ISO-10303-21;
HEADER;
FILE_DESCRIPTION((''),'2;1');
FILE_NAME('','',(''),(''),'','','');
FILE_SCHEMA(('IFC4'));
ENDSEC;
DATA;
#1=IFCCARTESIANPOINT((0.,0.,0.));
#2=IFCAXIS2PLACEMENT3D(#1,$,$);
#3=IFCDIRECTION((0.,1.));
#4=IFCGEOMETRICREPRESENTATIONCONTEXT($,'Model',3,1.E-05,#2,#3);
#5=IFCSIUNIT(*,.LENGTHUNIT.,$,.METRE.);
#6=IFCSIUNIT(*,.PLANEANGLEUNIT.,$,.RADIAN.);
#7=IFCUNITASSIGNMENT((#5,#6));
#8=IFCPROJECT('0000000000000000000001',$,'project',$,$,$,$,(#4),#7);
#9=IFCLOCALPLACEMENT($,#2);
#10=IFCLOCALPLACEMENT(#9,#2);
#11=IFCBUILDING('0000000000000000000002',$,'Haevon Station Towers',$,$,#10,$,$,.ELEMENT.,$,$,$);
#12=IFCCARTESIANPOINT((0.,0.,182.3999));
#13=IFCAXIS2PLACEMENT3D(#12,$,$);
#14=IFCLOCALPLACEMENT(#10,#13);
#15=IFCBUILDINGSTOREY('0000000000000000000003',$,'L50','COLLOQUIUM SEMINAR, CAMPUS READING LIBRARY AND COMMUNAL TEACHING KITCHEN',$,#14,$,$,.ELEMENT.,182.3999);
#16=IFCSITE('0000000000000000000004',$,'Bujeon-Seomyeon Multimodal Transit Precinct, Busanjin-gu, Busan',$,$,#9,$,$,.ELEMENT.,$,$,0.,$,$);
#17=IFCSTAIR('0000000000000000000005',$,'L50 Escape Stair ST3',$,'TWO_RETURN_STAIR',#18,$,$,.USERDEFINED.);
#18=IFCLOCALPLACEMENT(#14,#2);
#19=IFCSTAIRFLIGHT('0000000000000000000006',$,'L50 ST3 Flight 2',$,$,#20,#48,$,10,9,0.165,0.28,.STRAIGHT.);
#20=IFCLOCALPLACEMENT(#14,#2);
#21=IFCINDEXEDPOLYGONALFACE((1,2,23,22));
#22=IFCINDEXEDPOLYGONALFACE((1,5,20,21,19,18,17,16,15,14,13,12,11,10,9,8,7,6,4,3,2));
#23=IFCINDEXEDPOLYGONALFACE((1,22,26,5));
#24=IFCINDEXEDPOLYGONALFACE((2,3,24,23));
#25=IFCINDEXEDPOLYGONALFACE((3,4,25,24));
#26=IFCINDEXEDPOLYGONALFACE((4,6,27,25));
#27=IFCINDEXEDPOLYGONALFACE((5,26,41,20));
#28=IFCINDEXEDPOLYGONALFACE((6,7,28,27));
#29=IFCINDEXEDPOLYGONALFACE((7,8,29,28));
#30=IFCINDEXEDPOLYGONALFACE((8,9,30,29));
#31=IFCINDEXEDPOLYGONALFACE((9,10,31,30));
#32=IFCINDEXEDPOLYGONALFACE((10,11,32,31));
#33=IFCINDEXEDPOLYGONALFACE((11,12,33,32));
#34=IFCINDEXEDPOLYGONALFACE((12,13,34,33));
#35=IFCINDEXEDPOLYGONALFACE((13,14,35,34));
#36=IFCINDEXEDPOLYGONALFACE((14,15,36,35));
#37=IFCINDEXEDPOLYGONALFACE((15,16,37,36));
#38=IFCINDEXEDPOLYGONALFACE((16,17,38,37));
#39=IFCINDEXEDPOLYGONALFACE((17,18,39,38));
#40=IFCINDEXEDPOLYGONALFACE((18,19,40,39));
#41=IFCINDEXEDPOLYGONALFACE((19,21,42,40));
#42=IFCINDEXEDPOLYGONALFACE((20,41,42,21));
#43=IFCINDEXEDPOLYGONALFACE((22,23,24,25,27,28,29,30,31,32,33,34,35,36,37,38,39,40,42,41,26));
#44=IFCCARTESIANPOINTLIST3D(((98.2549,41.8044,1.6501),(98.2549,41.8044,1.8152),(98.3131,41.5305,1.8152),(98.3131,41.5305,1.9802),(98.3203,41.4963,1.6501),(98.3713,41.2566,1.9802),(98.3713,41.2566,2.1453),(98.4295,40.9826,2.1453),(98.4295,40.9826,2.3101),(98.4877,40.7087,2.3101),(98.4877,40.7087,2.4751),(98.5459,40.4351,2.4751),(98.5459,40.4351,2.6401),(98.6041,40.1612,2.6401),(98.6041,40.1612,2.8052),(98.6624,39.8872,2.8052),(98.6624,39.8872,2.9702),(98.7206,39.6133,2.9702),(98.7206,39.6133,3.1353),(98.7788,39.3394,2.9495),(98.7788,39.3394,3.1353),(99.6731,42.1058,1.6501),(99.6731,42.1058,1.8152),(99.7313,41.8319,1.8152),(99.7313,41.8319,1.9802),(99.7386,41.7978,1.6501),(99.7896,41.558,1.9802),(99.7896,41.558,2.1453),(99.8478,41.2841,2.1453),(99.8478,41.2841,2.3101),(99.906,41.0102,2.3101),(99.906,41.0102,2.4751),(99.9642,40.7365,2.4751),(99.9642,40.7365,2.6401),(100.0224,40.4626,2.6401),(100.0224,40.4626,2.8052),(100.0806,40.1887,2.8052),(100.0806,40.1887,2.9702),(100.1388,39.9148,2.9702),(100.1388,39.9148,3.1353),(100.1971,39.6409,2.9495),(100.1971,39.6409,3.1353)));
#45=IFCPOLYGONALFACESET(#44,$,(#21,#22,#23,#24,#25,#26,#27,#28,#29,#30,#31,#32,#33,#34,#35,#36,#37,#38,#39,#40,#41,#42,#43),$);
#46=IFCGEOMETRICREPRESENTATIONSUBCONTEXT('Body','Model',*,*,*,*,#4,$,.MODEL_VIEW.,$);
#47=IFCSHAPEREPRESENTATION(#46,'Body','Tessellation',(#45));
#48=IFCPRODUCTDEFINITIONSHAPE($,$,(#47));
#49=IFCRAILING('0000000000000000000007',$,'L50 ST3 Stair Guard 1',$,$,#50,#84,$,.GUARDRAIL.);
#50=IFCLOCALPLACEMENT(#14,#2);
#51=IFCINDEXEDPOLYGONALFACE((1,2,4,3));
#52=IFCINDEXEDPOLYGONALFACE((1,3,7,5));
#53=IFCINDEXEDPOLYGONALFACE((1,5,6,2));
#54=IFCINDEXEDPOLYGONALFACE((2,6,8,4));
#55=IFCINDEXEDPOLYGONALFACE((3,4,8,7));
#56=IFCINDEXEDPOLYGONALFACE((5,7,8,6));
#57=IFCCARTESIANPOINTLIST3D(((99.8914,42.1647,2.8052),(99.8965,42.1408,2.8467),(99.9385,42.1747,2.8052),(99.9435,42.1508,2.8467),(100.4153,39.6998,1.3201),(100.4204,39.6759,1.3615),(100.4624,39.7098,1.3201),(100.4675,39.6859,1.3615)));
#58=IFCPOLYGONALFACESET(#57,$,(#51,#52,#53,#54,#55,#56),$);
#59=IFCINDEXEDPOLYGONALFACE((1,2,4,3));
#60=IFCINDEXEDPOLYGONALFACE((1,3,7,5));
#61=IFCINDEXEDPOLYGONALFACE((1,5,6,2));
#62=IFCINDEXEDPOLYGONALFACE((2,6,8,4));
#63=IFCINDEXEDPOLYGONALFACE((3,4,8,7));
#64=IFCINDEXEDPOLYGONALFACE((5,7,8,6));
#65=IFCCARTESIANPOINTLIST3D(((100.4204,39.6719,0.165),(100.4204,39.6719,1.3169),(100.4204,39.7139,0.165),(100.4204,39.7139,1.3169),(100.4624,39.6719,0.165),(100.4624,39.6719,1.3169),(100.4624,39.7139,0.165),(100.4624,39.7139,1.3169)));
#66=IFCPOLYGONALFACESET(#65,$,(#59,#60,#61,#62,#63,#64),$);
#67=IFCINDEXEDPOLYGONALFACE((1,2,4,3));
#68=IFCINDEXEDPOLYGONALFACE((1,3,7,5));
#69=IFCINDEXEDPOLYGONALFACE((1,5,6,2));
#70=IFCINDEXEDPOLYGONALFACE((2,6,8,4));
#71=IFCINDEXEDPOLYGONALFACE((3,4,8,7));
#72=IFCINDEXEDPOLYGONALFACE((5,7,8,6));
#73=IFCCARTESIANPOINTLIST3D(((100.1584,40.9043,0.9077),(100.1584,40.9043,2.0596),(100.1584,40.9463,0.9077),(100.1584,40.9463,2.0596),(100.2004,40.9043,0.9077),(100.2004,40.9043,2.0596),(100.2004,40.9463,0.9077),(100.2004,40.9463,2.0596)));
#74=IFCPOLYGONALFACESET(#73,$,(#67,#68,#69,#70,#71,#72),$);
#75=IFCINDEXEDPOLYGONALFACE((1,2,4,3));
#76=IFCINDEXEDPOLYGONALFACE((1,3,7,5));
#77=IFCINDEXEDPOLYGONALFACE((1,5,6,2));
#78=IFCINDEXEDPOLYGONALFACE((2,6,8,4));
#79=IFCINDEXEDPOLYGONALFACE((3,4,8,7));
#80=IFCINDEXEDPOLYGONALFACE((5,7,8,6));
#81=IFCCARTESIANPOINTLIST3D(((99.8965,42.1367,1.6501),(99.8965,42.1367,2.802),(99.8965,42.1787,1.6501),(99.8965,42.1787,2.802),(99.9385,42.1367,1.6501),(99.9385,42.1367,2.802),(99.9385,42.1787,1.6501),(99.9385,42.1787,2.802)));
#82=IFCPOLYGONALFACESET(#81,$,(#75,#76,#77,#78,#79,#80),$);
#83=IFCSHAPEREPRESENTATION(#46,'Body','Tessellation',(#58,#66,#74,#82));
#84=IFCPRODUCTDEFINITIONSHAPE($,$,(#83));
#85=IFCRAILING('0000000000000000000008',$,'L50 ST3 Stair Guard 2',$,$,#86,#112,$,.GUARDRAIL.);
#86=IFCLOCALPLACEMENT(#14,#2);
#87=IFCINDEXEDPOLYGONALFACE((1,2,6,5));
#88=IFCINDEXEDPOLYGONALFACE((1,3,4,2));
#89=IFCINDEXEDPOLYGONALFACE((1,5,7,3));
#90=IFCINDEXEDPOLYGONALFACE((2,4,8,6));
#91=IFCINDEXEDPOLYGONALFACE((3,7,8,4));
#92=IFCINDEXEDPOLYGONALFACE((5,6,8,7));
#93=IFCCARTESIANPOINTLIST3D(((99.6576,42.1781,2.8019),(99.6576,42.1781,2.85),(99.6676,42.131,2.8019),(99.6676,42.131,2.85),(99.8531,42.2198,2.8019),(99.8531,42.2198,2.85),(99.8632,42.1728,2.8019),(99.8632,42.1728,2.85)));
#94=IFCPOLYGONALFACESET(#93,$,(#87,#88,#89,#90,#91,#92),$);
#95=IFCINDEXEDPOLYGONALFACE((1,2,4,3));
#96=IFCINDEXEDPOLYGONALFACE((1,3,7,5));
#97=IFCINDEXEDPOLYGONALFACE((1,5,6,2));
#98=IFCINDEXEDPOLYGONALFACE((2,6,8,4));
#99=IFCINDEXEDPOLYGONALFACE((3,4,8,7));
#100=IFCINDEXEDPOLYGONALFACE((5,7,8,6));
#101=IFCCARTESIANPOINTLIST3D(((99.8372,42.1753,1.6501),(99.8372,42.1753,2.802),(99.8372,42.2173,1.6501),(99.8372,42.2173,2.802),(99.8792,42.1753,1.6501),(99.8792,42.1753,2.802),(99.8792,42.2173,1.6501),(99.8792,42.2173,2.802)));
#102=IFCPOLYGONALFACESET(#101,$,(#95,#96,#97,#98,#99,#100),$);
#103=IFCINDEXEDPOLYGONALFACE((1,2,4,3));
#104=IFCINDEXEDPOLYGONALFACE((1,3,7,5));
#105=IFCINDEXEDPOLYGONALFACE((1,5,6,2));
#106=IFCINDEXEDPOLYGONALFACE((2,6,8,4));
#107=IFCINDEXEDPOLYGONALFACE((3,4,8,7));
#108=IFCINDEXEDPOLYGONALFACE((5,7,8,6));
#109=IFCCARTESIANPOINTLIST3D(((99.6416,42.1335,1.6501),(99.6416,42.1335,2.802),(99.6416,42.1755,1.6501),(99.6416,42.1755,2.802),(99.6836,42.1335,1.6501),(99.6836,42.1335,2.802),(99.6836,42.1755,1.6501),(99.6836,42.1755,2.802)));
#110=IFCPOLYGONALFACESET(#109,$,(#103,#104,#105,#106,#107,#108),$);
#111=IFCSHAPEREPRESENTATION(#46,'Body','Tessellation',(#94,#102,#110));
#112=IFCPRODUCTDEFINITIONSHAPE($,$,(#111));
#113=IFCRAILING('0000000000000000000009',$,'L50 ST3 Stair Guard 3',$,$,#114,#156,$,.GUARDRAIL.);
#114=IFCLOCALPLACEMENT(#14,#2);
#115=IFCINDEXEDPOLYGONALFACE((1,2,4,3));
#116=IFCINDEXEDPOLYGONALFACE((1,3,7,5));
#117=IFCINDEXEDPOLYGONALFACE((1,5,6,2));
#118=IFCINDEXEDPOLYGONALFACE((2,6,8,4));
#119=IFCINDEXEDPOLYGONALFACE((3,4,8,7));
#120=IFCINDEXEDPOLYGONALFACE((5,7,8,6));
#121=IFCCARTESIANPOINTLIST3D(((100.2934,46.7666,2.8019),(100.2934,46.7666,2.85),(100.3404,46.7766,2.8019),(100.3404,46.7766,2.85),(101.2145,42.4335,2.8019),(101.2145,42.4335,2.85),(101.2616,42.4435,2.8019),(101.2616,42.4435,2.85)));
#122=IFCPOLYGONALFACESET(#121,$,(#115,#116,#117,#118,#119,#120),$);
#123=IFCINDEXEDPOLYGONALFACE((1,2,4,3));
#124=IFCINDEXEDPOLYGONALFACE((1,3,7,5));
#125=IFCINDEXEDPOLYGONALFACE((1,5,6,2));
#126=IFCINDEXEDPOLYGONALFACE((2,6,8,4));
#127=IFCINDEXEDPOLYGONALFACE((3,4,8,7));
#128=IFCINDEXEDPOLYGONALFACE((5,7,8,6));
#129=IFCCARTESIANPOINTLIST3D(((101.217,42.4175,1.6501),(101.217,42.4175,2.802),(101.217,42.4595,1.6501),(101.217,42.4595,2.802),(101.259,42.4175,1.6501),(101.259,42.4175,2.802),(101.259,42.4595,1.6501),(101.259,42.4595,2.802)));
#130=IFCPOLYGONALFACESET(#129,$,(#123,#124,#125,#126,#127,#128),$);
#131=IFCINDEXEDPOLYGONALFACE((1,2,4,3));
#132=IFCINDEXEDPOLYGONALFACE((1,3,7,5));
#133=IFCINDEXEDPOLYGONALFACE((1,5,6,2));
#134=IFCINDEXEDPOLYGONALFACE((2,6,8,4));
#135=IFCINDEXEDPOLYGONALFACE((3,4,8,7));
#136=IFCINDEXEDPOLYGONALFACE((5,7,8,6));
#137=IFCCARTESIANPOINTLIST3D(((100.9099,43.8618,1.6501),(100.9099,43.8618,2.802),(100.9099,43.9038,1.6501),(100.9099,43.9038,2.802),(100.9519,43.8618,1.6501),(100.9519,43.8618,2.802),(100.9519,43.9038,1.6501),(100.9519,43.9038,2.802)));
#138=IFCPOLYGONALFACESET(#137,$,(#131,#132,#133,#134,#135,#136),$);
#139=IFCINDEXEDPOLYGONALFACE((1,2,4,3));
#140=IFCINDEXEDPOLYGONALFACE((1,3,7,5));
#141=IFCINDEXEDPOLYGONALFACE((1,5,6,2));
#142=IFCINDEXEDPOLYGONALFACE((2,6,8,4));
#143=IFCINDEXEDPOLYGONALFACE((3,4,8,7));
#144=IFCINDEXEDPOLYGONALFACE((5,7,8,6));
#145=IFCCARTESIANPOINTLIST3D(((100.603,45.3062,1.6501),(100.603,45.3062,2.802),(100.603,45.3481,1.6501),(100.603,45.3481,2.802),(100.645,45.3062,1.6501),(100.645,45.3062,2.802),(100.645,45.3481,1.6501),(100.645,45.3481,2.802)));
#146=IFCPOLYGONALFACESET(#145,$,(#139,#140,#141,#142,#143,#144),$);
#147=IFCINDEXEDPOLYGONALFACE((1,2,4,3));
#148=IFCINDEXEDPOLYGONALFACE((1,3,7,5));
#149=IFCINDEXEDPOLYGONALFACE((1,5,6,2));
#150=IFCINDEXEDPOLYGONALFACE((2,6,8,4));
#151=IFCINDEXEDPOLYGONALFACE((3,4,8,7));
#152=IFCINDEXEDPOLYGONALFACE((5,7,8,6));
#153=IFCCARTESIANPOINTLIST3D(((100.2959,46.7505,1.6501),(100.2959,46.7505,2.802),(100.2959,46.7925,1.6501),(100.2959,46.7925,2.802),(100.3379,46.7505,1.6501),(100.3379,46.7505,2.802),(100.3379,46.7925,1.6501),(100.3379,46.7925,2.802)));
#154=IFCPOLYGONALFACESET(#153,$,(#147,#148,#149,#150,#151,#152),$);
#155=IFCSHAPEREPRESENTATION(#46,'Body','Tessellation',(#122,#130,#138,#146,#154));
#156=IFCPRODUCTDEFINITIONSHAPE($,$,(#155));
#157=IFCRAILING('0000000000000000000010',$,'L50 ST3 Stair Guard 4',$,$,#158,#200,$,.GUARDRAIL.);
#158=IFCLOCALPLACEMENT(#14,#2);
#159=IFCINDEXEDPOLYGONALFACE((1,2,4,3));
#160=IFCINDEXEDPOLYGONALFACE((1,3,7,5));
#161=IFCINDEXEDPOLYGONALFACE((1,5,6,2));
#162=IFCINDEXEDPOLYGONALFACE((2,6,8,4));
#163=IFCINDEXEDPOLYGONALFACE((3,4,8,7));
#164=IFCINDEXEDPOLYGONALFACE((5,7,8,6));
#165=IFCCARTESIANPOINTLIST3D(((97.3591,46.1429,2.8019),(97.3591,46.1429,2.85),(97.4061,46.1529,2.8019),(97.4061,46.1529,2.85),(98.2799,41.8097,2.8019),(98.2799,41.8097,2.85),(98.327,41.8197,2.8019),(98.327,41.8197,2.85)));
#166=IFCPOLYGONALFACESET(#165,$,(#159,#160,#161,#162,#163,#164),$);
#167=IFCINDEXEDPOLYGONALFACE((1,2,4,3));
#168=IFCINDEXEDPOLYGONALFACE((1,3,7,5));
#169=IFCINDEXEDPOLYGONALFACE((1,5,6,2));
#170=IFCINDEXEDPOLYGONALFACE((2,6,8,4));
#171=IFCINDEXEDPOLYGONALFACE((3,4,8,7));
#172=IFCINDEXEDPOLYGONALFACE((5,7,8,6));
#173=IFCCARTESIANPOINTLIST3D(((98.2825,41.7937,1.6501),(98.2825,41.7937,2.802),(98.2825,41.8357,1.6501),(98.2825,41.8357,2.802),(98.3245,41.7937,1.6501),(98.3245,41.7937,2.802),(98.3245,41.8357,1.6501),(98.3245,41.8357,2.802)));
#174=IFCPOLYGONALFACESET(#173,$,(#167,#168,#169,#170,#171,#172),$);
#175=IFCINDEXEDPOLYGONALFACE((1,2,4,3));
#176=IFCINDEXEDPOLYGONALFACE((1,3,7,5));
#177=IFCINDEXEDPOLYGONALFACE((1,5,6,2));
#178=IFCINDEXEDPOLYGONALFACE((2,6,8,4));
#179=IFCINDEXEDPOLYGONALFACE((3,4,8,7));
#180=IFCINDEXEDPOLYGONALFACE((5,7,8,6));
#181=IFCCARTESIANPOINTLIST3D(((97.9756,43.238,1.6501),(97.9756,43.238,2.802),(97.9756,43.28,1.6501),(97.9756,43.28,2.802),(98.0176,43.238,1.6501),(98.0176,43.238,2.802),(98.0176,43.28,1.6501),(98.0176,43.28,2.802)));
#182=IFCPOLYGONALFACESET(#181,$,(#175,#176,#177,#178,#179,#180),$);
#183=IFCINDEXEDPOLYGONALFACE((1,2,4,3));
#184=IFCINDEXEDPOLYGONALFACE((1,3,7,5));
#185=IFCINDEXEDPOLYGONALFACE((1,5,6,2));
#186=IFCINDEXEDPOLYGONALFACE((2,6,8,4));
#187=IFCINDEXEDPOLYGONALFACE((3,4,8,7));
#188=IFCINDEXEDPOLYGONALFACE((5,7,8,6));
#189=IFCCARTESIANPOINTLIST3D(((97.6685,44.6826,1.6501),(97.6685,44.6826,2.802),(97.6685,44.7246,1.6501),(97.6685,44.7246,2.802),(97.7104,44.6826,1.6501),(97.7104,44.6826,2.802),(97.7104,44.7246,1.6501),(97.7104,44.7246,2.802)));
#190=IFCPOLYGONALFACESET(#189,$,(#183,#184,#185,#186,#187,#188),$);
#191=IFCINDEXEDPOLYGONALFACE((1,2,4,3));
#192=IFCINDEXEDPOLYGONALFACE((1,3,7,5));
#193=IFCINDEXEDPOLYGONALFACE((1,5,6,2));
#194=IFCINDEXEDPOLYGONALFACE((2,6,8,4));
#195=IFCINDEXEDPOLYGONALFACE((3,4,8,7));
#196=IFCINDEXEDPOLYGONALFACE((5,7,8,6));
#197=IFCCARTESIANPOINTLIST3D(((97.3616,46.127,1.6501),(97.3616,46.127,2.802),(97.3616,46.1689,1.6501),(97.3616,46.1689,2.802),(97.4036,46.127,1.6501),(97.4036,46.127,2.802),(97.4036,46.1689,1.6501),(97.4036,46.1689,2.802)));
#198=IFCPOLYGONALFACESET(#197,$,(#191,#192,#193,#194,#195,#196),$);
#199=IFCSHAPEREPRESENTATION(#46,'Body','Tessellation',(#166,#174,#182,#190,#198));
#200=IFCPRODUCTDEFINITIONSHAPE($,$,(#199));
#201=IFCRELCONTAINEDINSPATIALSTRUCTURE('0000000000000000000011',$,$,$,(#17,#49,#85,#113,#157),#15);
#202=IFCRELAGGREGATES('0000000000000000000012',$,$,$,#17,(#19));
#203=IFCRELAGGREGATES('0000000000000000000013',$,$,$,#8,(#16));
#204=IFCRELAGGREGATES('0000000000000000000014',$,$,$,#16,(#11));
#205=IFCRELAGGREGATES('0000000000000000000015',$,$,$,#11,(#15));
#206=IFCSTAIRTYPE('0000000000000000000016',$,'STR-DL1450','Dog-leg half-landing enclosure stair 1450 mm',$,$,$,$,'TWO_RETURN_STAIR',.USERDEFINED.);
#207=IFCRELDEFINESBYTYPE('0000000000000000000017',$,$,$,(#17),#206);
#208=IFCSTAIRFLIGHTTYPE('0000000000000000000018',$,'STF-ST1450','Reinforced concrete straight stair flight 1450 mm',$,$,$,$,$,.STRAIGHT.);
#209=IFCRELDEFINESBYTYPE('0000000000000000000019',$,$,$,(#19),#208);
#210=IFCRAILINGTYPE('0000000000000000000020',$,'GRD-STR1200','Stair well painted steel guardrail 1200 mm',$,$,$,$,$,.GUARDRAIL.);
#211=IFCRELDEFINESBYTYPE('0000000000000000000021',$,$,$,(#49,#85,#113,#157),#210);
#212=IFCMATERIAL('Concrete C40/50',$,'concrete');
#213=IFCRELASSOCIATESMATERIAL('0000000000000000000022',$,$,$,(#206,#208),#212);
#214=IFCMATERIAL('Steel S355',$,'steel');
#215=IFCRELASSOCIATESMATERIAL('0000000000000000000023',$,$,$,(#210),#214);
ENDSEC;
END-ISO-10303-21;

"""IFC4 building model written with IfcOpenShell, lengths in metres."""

from ifc_helpers import new_model, si_unit, direction, frame, origin, origin_2d, place, context, subcontext, project, spatial, polyline, rectangle, outline, extrude, material, type_object, element, aggregate, save


model = new_model("IFC4")

# Units and contexts
model_context = context("Model", 3, precision=1e-05, world=origin(), true_north=direction((0.0, 1.0)))
body_context = subcontext(model_context, "Body", "Model", "MODEL_VIEW")
ifc_project = project(units=[si_unit("LENGTHUNIT", "METRE"), si_unit("PLANEANGLEUNIT", "RADIAN")], contexts=[model_context])

# Site, building, storey
site_placement = place(None, origin())
site = spatial("IfcSite", under=ifc_project, at=site_placement, Name="Bujeon-Seomyeon Multimodal Transit Precinct, Busanjin-gu, Busan", CompositionType="ELEMENT", RefElevation=0.0)
building_placement = place(site_placement, origin())
building = spatial("IfcBuilding", under=site, at=building_placement, Name="Haevon Station Towers", CompositionType="ELEMENT")
storey_placement = place(building_placement, frame((0.0, 0.0, 182.3999)))
storey = spatial("IfcBuildingStorey", under=building, at=storey_placement, Name="L50", Description="COLLOQUIUM SEMINAR, CAMPUS READING LIBRARY AND COMMUNAL TEACHING KITCHEN", CompositionType="ELEMENT", Elevation=182.3999)

# Shared definitions
ifc_material_1 = material(Name="Steel S355", Category="steel")

# Shared definitions
ifc_material_2 = material(Name="Concrete C40/50", Category="concrete")

# Stair, stair flight
stair_type = type_object("IfcStairType", Name="STR-DL1450", Description="Dog-leg half-landing enclosure stair 1450 mm", ElementType="TWO_RETURN_STAIR", PredefinedType="USERDEFINED", material=ifc_material_2)
stair_placement = place(storey_placement, origin())
stair = element("IfcStair", 1, at=stair_placement, inside=storey, type_object=stair_type, Name="L50 Escape Stair ST3", ObjectType="TWO_RETURN_STAIR", PredefinedType="USERDEFINED")
stair_flight_type = type_object("IfcStairFlightType", Name="STF-ST1450", Description="Reinforced concrete straight stair flight 1450 mm", PredefinedType="STRAIGHT", material=ifc_material_2)
stair_flight_1_placement = place(storey_placement, frame((98.9639, 41.9551, 1.6501), z_axis=(0.0, 0.0, 1.0), x_axis=(0.207912, -0.978148, 0.0)))
stair_flight_1 = element("IfcStairFlight", 2, at=stair_flight_1_placement, type_object=stair_flight_type, Name="L50 ST3 Flight 2", NumberOfRisers=10, NumberOfTreads=9, PredefinedType="STRAIGHT", RiserHeight=0.165, TreadLength=0.28, context=body_context, shape_type="SweptSolid", body=[
    extrude(outline(polyline([(0.0, 0.0), (0.0, 0.165), (0.28, 0.165), (0.28, 0.3301), (0.5601, 0.3301), (0.5601, 0.4951), (0.8401, 0.4951), (0.8401, 0.6599), (1.1201, 0.6599), (1.1201, 0.825), (1.3999, 0.825), (1.3999, 0.99), (1.6799, 0.99), (1.6799, 1.155), (1.96, 1.155), (1.96, 1.3201), (2.24, 1.3201), (2.24, 1.4851), (2.52, 1.4851), (2.52, 1.6499), (2.52, 1.2993), (0.3149, 0.0), (0.0, 0.0)])), frame((0.0, 0.7251, 0.0), z_axis=(0.0, -1.0, 0.0), x_axis=(1.0, 0.0, 0.0)), (0.0, 0.0, 1.0), 1.45),
])
aggregate(stair, [stair_flight_1])

# Railings
railing_type_1 = type_object("IfcRailingType", Name="GRD-STR1200", Description="Stair well painted steel guardrail 1200 mm", PredefinedType="GUARDRAIL", material=ifc_material_1)
railing_1_placement = place(storey_placement, frame((100.4414, 39.6929, 0.165)))
element("IfcRailing", 3, at=railing_1_placement, inside=storey, type_object=railing_type_1, Name="L50 ST3 Stair Guard 1", PredefinedType="GUARDRAIL", context=body_context, shape_type="SweptSolid", body=[
    extrude(rectangle(XDim=0.0481, YDim=0.0481, at=origin_2d()), frame((0.0, 0.0, 1.1758), z_axis=(-0.179121, 0.842688, 0.507733), x_axis=(-0.978147, -0.207914, 0.0)), (0.0, 0.0, 1.0), 2.925),
    extrude(rectangle(XDim=0.042, YDim=0.042, at=origin_2d()), origin(), (0.0, 0.0, 1.0), 1.1519),
    extrude(rectangle(XDim=0.042, YDim=0.042, at=origin_2d()), frame((-0.262, 1.2324, 0.7427)), (0.0, 0.0, 1.0), 1.1519),
    extrude(rectangle(XDim=0.042, YDim=0.042, at=origin_2d()), frame((-0.5239, 2.4648, 1.4851)), (0.0, 0.0, 1.0), 1.1519),
])
railing_2_placement = place(storey_placement, frame((99.8582, 42.1963, 1.6501)))
element("IfcRailing", 4, at=railing_2_placement, inside=storey, type_object=railing_type_1, Name="L50 ST3 Stair Guard 2", PredefinedType="GUARDRAIL", context=body_context, shape_type="SweptSolid", body=[
    extrude(rectangle(XDim=0.0481, YDim=0.0481, at=origin_2d()), frame((0.0, 0.0, 1.1758), z_axis=(-0.977963, -0.208779, 0.0), x_axis=(0.208779, -0.977963, 0.0)), (0.0, 0.0, 1.0), 0.2),
    extrude(rectangle(XDim=0.042, YDim=0.042, at=origin_2d()), origin(), (0.0, 0.0, 1.0), 1.1519),
    extrude(rectangle(XDim=0.042, YDim=0.042, at=origin_2d()), frame((-0.1956, -0.0417, 0.0)), (0.0, 0.0, 1.0), 1.1519),
])
railing_3_placement = place(storey_placement, frame((101.238, 42.4385, 1.6501)))
element("IfcRailing", 5, at=railing_3_placement, inside=storey, type_object=railing_type_1, Name="L50 ST3 Stair Guard 3", PredefinedType="GUARDRAIL", context=body_context, shape_type="SweptSolid", body=[
    extrude(rectangle(XDim=0.0481, YDim=0.0481, at=origin_2d()), frame((0.0, 0.0, 1.1758), z_axis=(-0.20794, 0.978141, 0.0), x_axis=(-0.978141, -0.20794, 0.0)), (0.0, 0.0, 1.0), 4.4299),
    extrude(rectangle(XDim=0.042, YDim=0.042, at=origin_2d()), origin(), (0.0, 0.0, 1.0), 1.1519),
    extrude(rectangle(XDim=0.042, YDim=0.042, at=origin_2d()), frame((-0.3071, 1.4443, 0.0)), (0.0, 0.0, 1.0), 1.1519),
    extrude(rectangle(XDim=0.042, YDim=0.042, at=origin_2d()), frame((-0.614, 2.8887, 0.0)), (0.0, 0.0, 1.0), 1.1519),
    extrude(rectangle(XDim=0.042, YDim=0.042, at=origin_2d()), frame((-0.9211, 4.333, 0.0)), (0.0, 0.0, 1.0), 1.1519),
])
railing_4_placement = place(storey_placement, frame((98.3035, 41.8147, 1.6501)))
element("IfcRailing", 6, at=railing_4_placement, inside=storey, type_object=railing_type_1, Name="L50 ST3 Stair Guard 4", PredefinedType="GUARDRAIL", context=body_context, shape_type="SweptSolid", body=[
    extrude(rectangle(XDim=0.0481, YDim=0.0481, at=origin_2d()), frame((0.0, 0.0, 1.1758), z_axis=(-0.207877, 0.978155, 0.0), x_axis=(-0.978155, -0.207877, 0.0)), (0.0, 0.0, 1.0), 4.4299),
    extrude(rectangle(XDim=0.042, YDim=0.042, at=origin_2d()), origin(), (0.0, 0.0, 1.0), 1.1519),
    extrude(rectangle(XDim=0.042, YDim=0.042, at=origin_2d()), frame((-0.3069, 1.4443, 0.0)), (0.0, 0.0, 1.0), 1.1519),
    extrude(rectangle(XDim=0.042, YDim=0.042, at=origin_2d()), frame((-0.614, 2.8889, 0.0)), (0.0, 0.0, 1.0), 1.1519),
    extrude(rectangle(XDim=0.042, YDim=0.042, at=origin_2d()), frame((-0.9209, 4.3333, 0.0)), (0.0, 0.0, 1.0), 1.1519),
])

save(model, "model.ifc")
